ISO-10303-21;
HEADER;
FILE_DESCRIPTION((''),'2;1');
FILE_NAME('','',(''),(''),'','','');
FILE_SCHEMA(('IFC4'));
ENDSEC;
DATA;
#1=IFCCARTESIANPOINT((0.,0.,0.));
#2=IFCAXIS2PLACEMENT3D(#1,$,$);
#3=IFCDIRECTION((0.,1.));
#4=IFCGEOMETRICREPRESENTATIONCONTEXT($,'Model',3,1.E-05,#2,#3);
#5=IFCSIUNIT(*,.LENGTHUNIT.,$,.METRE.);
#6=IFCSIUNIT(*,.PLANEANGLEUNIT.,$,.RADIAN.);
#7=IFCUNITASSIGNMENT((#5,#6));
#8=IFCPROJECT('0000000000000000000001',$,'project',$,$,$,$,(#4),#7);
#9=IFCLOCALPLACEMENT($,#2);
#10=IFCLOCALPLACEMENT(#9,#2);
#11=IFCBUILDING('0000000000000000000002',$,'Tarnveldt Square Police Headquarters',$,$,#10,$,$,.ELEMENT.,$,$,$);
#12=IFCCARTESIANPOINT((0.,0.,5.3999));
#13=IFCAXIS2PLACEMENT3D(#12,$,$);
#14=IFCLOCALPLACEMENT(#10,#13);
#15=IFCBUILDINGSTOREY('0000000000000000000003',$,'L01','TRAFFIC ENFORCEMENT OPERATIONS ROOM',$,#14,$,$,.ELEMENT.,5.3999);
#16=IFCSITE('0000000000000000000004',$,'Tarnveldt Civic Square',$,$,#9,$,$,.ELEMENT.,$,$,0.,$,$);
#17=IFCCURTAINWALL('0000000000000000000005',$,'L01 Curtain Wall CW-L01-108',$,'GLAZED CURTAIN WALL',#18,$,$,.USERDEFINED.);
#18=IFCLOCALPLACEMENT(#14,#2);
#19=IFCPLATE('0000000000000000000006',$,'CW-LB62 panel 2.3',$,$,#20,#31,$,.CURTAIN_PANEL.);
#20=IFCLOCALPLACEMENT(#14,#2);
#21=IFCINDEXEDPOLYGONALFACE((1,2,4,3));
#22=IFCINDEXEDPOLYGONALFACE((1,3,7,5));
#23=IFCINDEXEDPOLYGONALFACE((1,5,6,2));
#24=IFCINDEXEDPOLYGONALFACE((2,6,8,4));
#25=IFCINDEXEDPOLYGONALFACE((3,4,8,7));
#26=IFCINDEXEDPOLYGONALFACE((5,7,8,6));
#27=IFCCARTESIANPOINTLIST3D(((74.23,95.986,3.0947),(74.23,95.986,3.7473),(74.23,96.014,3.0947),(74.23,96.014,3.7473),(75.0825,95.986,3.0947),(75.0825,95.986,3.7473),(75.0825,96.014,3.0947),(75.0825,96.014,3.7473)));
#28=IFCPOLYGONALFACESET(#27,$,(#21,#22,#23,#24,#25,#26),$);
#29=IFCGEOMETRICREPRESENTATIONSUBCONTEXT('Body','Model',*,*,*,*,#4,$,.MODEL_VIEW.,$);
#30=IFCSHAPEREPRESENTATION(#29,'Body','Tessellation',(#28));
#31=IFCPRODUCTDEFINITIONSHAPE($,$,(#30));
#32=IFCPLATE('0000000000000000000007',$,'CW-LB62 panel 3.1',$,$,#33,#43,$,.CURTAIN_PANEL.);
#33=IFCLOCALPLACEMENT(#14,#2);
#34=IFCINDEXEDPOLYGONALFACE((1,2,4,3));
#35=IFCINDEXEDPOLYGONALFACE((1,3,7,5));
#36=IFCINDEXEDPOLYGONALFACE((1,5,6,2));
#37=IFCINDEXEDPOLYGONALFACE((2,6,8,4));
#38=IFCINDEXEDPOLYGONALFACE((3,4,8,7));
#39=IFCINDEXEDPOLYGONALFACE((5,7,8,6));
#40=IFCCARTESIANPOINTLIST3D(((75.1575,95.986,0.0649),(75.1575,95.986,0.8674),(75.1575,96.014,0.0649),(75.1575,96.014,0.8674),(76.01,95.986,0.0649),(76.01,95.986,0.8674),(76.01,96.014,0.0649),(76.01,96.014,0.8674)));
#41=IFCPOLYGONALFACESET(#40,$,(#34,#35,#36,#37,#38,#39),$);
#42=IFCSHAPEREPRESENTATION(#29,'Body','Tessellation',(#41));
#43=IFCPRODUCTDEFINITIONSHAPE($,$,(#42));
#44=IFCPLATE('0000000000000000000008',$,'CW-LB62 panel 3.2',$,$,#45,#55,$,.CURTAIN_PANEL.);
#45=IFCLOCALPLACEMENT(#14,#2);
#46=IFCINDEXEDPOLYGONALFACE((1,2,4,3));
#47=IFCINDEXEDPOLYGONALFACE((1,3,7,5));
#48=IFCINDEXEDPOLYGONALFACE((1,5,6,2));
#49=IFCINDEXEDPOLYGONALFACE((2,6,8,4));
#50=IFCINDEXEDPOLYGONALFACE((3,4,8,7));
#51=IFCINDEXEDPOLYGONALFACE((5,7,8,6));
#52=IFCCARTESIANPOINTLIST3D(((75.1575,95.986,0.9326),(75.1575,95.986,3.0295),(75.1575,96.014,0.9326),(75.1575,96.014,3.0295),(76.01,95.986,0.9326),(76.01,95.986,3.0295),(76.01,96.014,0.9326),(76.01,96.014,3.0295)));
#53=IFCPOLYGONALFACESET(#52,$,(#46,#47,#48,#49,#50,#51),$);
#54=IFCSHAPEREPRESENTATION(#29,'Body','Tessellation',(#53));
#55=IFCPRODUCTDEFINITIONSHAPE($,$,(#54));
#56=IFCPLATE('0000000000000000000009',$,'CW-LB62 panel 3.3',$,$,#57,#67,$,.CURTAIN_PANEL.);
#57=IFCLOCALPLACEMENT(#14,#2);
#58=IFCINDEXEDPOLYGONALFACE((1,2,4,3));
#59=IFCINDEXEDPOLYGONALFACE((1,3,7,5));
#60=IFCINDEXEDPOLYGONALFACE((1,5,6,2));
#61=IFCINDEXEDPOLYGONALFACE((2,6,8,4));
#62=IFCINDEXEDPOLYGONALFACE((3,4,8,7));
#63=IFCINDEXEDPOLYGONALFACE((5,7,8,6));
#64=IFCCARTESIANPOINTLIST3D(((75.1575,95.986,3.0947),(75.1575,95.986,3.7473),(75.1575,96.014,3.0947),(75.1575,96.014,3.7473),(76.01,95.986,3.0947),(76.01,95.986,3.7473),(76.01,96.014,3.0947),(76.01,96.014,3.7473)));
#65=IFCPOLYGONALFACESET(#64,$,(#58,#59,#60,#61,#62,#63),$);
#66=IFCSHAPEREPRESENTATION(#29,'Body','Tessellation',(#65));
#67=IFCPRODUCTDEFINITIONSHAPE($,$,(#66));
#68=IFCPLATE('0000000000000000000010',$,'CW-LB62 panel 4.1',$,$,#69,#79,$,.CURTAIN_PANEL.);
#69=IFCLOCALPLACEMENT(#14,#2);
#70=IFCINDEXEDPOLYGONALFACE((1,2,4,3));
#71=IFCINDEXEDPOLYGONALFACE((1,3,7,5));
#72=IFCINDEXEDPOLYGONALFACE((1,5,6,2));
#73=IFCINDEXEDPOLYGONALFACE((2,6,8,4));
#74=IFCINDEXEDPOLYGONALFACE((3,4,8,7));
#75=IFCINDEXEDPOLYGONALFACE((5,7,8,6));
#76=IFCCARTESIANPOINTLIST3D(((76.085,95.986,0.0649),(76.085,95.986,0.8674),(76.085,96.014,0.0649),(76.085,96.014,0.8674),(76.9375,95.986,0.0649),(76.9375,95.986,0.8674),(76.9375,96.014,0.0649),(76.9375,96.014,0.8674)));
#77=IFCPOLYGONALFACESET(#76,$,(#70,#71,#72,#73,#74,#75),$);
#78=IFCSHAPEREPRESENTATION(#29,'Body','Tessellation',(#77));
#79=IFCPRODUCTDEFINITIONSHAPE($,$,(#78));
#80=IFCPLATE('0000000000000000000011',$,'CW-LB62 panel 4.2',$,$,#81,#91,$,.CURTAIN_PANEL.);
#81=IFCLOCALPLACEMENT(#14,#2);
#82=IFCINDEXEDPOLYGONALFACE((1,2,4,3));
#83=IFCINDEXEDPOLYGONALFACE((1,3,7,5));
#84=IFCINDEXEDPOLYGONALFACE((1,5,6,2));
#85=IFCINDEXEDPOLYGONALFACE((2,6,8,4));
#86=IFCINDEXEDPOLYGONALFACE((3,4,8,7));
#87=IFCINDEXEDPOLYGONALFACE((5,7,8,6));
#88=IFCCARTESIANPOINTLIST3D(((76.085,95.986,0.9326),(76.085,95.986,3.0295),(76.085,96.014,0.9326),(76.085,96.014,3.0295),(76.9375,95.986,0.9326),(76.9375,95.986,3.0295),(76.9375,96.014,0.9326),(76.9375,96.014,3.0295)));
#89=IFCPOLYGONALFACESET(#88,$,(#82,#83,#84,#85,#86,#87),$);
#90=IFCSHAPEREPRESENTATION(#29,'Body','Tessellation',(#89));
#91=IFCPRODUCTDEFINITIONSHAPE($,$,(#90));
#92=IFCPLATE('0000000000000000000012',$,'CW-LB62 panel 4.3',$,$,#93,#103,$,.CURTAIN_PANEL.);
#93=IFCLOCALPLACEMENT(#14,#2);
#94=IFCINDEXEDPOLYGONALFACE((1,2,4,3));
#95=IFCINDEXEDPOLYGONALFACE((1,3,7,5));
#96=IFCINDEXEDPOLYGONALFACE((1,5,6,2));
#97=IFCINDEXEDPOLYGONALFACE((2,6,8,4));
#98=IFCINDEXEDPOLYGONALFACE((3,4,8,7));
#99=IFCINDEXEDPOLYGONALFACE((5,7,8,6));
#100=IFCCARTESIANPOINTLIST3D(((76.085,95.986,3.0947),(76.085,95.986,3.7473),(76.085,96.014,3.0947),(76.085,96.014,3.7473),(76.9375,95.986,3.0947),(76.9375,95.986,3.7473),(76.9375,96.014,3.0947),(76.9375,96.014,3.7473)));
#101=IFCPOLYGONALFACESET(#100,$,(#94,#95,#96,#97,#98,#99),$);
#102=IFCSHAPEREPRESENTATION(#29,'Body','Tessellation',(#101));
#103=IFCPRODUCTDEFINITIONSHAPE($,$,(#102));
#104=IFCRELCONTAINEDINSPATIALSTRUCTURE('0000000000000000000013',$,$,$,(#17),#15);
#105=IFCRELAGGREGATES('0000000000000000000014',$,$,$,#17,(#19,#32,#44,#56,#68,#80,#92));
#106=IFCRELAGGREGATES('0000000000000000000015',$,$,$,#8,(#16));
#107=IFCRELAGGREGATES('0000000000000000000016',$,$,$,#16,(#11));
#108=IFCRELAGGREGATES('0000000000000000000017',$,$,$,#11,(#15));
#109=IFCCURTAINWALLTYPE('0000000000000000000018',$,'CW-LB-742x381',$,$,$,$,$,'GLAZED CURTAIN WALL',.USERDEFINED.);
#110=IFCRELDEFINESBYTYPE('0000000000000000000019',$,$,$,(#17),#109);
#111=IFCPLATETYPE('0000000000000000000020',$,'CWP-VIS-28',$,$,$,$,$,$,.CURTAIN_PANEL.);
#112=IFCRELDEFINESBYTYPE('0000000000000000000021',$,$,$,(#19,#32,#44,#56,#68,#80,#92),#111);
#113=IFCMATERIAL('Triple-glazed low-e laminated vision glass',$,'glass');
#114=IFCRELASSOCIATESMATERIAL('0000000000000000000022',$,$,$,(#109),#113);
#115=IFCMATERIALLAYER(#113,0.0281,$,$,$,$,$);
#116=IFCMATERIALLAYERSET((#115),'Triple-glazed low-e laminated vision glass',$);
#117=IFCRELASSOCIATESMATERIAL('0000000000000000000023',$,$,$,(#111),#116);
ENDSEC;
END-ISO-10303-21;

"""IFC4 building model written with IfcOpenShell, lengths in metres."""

from ifc_helpers import new_model, si_unit, direction, frame, origin, origin_2d, place, context, subcontext, project, spatial, rectangle, extrude, material, layer, layer_set, type_object, element, aggregate, save


model = new_model("IFC4")

# Units and contexts
model_context = context("Model", 3, precision=1e-05, world=origin(), true_north=direction((0.0, 1.0)))
body_context = subcontext(model_context, "Body", "Model", "MODEL_VIEW")
ifc_project = project(units=[si_unit("LENGTHUNIT", "METRE"), si_unit("PLANEANGLEUNIT", "RADIAN")], contexts=[model_context])

# Site, building, storey
site_placement = place(None, origin())
site = spatial("IfcSite", under=ifc_project, at=site_placement, Name="Tarnveldt Civic Square", CompositionType="ELEMENT", RefElevation=0.0)
building_placement = place(site_placement, origin())
building = spatial("IfcBuilding", under=site, at=building_placement, Name="Tarnveldt Square Police Headquarters", CompositionType="ELEMENT")
storey_placement = place(building_placement, frame((0.0, 0.0, 5.3999)))
storey = spatial("IfcBuildingStorey", under=building, at=storey_placement, Name="L01", Description="TRAFFIC ENFORCEMENT OPERATIONS ROOM", CompositionType="ELEMENT", Elevation=5.3999)

# Curtain wall, plates
ifc_material_1 = material(Name="Triple-glazed low-e laminated vision glass", Category="glass")
curtain_wall_type = type_object("IfcCurtainWallType", Name="CW-LB-742x381", ElementType="GLAZED CURTAIN WALL", PredefinedType="USERDEFINED", material=ifc_material_1)
curtain_wall_placement = place(storey_placement, origin())
curtain_wall = element("IfcCurtainWall", 1, at=curtain_wall_placement, inside=storey, type_object=curtain_wall_type, Name="L01 Curtain Wall CW-L01-108", ObjectType="GLAZED CURTAIN WALL", PredefinedType="USERDEFINED")
ifc_layer = layer(ifc_material_1, 0.0281)
ifc_layer_set = layer_set([ifc_layer], Name="Triple-glazed low-e laminated vision glass")
plate_type = type_object("IfcPlateType", Name="CWP-VIS-28", PredefinedType="CURTAIN_PANEL", material=ifc_layer_set)
plate_1_placement = place(storey_placement, frame((74.6562, 96.0, 3.0947), z_axis=(0.0, 0.0, 1.0), x_axis=(1.0, 0.0, 0.0)))
plate_1 = element("IfcPlate", 2, at=plate_1_placement, type_object=plate_type, Name="CW-LB62 panel 2.3", PredefinedType="CURTAIN_PANEL", context=body_context, shape_type="SweptSolid", body=[
    extrude(rectangle(XDim=0.8525, YDim=0.0281, at=origin_2d()), origin(), (0.0, 0.0, 1.0), 0.6526),
])
plate_2_placement = place(storey_placement, frame((75.5837, 96.0, 0.0649), z_axis=(0.0, 0.0, 1.0), x_axis=(1.0, 0.0, 0.0)))
plate_2 = element("IfcPlate", 3, at=plate_2_placement, type_object=plate_type, Name="CW-LB62 panel 3.1", PredefinedType="CURTAIN_PANEL", context=body_context, shape_type="SweptSolid", body=[
    extrude(rectangle(XDim=0.8525, YDim=0.0281, at=origin_2d()), origin(), (0.0, 0.0, 1.0), 0.8025),
])
plate_3_placement = place(storey_placement, frame((75.5837, 96.0, 0.9326), z_axis=(0.0, 0.0, 1.0), x_axis=(1.0, 0.0, 0.0)))
plate_3 = element("IfcPlate", 4, at=plate_3_placement, type_object=plate_type, Name="CW-LB62 panel 3.2", PredefinedType="CURTAIN_PANEL", context=body_context, shape_type="SweptSolid", body=[
    extrude(rectangle(XDim=0.8525, YDim=0.0281, at=origin_2d()), origin(), (0.0, 0.0, 1.0), 2.0969),
])
plate_4_placement = place(storey_placement, frame((75.5837, 96.0, 3.0947), z_axis=(0.0, 0.0, 1.0), x_axis=(1.0, 0.0, 0.0)))
plate_4 = element("IfcPlate", 5, at=plate_4_placement, type_object=plate_type, Name="CW-LB62 panel 3.3", PredefinedType="CURTAIN_PANEL", context=body_context, shape_type="SweptSolid", body=[
    extrude(rectangle(XDim=0.8525, YDim=0.0281, at=origin_2d()), origin(), (0.0, 0.0, 1.0), 0.6526),
])
plate_5_placement = place(storey_placement, frame((76.5112, 96.0, 0.0649), z_axis=(0.0, 0.0, 1.0), x_axis=(1.0, 0.0, 0.0)))
plate_5 = element("IfcPlate", 6, at=plate_5_placement, type_object=plate_type, Name="CW-LB62 panel 4.1", PredefinedType="CURTAIN_PANEL", context=body_context, shape_type="SweptSolid", body=[
    extrude(rectangle(XDim=0.8525, YDim=0.0281, at=origin_2d()), origin(), (0.0, 0.0, 1.0), 0.8025),
])
plate_6_placement = place(storey_placement, frame((76.5112, 96.0, 0.9326), z_axis=(0.0, 0.0, 1.0), x_axis=(1.0, 0.0, 0.0)))
plate_6 = element("IfcPlate", 7, at=plate_6_placement, type_object=plate_type, Name="CW-LB62 panel 4.2", PredefinedType="CURTAIN_PANEL", context=body_context, shape_type="SweptSolid", body=[
    extrude(rectangle(XDim=0.8525, YDim=0.0281, at=origin_2d()), origin(), (0.0, 0.0, 1.0), 2.0969),
])
plate_7_placement = place(storey_placement, frame((76.5112, 96.0, 3.0947), z_axis=(0.0, 0.0, 1.0), x_axis=(1.0, 0.0, 0.0)))
plate_7 = element("IfcPlate", 8, at=plate_7_placement, type_object=plate_type, Name="CW-LB62 panel 4.3", PredefinedType="CURTAIN_PANEL", context=body_context, shape_type="SweptSolid", body=[
    extrude(rectangle(XDim=0.8525, YDim=0.0281, at=origin_2d()), origin(), (0.0, 0.0, 1.0), 0.6526),
])
aggregate(curtain_wall, [plate_1, plate_2, plate_3, plate_4, plate_5, plate_6, plate_7])

save(model, "model.ifc")
